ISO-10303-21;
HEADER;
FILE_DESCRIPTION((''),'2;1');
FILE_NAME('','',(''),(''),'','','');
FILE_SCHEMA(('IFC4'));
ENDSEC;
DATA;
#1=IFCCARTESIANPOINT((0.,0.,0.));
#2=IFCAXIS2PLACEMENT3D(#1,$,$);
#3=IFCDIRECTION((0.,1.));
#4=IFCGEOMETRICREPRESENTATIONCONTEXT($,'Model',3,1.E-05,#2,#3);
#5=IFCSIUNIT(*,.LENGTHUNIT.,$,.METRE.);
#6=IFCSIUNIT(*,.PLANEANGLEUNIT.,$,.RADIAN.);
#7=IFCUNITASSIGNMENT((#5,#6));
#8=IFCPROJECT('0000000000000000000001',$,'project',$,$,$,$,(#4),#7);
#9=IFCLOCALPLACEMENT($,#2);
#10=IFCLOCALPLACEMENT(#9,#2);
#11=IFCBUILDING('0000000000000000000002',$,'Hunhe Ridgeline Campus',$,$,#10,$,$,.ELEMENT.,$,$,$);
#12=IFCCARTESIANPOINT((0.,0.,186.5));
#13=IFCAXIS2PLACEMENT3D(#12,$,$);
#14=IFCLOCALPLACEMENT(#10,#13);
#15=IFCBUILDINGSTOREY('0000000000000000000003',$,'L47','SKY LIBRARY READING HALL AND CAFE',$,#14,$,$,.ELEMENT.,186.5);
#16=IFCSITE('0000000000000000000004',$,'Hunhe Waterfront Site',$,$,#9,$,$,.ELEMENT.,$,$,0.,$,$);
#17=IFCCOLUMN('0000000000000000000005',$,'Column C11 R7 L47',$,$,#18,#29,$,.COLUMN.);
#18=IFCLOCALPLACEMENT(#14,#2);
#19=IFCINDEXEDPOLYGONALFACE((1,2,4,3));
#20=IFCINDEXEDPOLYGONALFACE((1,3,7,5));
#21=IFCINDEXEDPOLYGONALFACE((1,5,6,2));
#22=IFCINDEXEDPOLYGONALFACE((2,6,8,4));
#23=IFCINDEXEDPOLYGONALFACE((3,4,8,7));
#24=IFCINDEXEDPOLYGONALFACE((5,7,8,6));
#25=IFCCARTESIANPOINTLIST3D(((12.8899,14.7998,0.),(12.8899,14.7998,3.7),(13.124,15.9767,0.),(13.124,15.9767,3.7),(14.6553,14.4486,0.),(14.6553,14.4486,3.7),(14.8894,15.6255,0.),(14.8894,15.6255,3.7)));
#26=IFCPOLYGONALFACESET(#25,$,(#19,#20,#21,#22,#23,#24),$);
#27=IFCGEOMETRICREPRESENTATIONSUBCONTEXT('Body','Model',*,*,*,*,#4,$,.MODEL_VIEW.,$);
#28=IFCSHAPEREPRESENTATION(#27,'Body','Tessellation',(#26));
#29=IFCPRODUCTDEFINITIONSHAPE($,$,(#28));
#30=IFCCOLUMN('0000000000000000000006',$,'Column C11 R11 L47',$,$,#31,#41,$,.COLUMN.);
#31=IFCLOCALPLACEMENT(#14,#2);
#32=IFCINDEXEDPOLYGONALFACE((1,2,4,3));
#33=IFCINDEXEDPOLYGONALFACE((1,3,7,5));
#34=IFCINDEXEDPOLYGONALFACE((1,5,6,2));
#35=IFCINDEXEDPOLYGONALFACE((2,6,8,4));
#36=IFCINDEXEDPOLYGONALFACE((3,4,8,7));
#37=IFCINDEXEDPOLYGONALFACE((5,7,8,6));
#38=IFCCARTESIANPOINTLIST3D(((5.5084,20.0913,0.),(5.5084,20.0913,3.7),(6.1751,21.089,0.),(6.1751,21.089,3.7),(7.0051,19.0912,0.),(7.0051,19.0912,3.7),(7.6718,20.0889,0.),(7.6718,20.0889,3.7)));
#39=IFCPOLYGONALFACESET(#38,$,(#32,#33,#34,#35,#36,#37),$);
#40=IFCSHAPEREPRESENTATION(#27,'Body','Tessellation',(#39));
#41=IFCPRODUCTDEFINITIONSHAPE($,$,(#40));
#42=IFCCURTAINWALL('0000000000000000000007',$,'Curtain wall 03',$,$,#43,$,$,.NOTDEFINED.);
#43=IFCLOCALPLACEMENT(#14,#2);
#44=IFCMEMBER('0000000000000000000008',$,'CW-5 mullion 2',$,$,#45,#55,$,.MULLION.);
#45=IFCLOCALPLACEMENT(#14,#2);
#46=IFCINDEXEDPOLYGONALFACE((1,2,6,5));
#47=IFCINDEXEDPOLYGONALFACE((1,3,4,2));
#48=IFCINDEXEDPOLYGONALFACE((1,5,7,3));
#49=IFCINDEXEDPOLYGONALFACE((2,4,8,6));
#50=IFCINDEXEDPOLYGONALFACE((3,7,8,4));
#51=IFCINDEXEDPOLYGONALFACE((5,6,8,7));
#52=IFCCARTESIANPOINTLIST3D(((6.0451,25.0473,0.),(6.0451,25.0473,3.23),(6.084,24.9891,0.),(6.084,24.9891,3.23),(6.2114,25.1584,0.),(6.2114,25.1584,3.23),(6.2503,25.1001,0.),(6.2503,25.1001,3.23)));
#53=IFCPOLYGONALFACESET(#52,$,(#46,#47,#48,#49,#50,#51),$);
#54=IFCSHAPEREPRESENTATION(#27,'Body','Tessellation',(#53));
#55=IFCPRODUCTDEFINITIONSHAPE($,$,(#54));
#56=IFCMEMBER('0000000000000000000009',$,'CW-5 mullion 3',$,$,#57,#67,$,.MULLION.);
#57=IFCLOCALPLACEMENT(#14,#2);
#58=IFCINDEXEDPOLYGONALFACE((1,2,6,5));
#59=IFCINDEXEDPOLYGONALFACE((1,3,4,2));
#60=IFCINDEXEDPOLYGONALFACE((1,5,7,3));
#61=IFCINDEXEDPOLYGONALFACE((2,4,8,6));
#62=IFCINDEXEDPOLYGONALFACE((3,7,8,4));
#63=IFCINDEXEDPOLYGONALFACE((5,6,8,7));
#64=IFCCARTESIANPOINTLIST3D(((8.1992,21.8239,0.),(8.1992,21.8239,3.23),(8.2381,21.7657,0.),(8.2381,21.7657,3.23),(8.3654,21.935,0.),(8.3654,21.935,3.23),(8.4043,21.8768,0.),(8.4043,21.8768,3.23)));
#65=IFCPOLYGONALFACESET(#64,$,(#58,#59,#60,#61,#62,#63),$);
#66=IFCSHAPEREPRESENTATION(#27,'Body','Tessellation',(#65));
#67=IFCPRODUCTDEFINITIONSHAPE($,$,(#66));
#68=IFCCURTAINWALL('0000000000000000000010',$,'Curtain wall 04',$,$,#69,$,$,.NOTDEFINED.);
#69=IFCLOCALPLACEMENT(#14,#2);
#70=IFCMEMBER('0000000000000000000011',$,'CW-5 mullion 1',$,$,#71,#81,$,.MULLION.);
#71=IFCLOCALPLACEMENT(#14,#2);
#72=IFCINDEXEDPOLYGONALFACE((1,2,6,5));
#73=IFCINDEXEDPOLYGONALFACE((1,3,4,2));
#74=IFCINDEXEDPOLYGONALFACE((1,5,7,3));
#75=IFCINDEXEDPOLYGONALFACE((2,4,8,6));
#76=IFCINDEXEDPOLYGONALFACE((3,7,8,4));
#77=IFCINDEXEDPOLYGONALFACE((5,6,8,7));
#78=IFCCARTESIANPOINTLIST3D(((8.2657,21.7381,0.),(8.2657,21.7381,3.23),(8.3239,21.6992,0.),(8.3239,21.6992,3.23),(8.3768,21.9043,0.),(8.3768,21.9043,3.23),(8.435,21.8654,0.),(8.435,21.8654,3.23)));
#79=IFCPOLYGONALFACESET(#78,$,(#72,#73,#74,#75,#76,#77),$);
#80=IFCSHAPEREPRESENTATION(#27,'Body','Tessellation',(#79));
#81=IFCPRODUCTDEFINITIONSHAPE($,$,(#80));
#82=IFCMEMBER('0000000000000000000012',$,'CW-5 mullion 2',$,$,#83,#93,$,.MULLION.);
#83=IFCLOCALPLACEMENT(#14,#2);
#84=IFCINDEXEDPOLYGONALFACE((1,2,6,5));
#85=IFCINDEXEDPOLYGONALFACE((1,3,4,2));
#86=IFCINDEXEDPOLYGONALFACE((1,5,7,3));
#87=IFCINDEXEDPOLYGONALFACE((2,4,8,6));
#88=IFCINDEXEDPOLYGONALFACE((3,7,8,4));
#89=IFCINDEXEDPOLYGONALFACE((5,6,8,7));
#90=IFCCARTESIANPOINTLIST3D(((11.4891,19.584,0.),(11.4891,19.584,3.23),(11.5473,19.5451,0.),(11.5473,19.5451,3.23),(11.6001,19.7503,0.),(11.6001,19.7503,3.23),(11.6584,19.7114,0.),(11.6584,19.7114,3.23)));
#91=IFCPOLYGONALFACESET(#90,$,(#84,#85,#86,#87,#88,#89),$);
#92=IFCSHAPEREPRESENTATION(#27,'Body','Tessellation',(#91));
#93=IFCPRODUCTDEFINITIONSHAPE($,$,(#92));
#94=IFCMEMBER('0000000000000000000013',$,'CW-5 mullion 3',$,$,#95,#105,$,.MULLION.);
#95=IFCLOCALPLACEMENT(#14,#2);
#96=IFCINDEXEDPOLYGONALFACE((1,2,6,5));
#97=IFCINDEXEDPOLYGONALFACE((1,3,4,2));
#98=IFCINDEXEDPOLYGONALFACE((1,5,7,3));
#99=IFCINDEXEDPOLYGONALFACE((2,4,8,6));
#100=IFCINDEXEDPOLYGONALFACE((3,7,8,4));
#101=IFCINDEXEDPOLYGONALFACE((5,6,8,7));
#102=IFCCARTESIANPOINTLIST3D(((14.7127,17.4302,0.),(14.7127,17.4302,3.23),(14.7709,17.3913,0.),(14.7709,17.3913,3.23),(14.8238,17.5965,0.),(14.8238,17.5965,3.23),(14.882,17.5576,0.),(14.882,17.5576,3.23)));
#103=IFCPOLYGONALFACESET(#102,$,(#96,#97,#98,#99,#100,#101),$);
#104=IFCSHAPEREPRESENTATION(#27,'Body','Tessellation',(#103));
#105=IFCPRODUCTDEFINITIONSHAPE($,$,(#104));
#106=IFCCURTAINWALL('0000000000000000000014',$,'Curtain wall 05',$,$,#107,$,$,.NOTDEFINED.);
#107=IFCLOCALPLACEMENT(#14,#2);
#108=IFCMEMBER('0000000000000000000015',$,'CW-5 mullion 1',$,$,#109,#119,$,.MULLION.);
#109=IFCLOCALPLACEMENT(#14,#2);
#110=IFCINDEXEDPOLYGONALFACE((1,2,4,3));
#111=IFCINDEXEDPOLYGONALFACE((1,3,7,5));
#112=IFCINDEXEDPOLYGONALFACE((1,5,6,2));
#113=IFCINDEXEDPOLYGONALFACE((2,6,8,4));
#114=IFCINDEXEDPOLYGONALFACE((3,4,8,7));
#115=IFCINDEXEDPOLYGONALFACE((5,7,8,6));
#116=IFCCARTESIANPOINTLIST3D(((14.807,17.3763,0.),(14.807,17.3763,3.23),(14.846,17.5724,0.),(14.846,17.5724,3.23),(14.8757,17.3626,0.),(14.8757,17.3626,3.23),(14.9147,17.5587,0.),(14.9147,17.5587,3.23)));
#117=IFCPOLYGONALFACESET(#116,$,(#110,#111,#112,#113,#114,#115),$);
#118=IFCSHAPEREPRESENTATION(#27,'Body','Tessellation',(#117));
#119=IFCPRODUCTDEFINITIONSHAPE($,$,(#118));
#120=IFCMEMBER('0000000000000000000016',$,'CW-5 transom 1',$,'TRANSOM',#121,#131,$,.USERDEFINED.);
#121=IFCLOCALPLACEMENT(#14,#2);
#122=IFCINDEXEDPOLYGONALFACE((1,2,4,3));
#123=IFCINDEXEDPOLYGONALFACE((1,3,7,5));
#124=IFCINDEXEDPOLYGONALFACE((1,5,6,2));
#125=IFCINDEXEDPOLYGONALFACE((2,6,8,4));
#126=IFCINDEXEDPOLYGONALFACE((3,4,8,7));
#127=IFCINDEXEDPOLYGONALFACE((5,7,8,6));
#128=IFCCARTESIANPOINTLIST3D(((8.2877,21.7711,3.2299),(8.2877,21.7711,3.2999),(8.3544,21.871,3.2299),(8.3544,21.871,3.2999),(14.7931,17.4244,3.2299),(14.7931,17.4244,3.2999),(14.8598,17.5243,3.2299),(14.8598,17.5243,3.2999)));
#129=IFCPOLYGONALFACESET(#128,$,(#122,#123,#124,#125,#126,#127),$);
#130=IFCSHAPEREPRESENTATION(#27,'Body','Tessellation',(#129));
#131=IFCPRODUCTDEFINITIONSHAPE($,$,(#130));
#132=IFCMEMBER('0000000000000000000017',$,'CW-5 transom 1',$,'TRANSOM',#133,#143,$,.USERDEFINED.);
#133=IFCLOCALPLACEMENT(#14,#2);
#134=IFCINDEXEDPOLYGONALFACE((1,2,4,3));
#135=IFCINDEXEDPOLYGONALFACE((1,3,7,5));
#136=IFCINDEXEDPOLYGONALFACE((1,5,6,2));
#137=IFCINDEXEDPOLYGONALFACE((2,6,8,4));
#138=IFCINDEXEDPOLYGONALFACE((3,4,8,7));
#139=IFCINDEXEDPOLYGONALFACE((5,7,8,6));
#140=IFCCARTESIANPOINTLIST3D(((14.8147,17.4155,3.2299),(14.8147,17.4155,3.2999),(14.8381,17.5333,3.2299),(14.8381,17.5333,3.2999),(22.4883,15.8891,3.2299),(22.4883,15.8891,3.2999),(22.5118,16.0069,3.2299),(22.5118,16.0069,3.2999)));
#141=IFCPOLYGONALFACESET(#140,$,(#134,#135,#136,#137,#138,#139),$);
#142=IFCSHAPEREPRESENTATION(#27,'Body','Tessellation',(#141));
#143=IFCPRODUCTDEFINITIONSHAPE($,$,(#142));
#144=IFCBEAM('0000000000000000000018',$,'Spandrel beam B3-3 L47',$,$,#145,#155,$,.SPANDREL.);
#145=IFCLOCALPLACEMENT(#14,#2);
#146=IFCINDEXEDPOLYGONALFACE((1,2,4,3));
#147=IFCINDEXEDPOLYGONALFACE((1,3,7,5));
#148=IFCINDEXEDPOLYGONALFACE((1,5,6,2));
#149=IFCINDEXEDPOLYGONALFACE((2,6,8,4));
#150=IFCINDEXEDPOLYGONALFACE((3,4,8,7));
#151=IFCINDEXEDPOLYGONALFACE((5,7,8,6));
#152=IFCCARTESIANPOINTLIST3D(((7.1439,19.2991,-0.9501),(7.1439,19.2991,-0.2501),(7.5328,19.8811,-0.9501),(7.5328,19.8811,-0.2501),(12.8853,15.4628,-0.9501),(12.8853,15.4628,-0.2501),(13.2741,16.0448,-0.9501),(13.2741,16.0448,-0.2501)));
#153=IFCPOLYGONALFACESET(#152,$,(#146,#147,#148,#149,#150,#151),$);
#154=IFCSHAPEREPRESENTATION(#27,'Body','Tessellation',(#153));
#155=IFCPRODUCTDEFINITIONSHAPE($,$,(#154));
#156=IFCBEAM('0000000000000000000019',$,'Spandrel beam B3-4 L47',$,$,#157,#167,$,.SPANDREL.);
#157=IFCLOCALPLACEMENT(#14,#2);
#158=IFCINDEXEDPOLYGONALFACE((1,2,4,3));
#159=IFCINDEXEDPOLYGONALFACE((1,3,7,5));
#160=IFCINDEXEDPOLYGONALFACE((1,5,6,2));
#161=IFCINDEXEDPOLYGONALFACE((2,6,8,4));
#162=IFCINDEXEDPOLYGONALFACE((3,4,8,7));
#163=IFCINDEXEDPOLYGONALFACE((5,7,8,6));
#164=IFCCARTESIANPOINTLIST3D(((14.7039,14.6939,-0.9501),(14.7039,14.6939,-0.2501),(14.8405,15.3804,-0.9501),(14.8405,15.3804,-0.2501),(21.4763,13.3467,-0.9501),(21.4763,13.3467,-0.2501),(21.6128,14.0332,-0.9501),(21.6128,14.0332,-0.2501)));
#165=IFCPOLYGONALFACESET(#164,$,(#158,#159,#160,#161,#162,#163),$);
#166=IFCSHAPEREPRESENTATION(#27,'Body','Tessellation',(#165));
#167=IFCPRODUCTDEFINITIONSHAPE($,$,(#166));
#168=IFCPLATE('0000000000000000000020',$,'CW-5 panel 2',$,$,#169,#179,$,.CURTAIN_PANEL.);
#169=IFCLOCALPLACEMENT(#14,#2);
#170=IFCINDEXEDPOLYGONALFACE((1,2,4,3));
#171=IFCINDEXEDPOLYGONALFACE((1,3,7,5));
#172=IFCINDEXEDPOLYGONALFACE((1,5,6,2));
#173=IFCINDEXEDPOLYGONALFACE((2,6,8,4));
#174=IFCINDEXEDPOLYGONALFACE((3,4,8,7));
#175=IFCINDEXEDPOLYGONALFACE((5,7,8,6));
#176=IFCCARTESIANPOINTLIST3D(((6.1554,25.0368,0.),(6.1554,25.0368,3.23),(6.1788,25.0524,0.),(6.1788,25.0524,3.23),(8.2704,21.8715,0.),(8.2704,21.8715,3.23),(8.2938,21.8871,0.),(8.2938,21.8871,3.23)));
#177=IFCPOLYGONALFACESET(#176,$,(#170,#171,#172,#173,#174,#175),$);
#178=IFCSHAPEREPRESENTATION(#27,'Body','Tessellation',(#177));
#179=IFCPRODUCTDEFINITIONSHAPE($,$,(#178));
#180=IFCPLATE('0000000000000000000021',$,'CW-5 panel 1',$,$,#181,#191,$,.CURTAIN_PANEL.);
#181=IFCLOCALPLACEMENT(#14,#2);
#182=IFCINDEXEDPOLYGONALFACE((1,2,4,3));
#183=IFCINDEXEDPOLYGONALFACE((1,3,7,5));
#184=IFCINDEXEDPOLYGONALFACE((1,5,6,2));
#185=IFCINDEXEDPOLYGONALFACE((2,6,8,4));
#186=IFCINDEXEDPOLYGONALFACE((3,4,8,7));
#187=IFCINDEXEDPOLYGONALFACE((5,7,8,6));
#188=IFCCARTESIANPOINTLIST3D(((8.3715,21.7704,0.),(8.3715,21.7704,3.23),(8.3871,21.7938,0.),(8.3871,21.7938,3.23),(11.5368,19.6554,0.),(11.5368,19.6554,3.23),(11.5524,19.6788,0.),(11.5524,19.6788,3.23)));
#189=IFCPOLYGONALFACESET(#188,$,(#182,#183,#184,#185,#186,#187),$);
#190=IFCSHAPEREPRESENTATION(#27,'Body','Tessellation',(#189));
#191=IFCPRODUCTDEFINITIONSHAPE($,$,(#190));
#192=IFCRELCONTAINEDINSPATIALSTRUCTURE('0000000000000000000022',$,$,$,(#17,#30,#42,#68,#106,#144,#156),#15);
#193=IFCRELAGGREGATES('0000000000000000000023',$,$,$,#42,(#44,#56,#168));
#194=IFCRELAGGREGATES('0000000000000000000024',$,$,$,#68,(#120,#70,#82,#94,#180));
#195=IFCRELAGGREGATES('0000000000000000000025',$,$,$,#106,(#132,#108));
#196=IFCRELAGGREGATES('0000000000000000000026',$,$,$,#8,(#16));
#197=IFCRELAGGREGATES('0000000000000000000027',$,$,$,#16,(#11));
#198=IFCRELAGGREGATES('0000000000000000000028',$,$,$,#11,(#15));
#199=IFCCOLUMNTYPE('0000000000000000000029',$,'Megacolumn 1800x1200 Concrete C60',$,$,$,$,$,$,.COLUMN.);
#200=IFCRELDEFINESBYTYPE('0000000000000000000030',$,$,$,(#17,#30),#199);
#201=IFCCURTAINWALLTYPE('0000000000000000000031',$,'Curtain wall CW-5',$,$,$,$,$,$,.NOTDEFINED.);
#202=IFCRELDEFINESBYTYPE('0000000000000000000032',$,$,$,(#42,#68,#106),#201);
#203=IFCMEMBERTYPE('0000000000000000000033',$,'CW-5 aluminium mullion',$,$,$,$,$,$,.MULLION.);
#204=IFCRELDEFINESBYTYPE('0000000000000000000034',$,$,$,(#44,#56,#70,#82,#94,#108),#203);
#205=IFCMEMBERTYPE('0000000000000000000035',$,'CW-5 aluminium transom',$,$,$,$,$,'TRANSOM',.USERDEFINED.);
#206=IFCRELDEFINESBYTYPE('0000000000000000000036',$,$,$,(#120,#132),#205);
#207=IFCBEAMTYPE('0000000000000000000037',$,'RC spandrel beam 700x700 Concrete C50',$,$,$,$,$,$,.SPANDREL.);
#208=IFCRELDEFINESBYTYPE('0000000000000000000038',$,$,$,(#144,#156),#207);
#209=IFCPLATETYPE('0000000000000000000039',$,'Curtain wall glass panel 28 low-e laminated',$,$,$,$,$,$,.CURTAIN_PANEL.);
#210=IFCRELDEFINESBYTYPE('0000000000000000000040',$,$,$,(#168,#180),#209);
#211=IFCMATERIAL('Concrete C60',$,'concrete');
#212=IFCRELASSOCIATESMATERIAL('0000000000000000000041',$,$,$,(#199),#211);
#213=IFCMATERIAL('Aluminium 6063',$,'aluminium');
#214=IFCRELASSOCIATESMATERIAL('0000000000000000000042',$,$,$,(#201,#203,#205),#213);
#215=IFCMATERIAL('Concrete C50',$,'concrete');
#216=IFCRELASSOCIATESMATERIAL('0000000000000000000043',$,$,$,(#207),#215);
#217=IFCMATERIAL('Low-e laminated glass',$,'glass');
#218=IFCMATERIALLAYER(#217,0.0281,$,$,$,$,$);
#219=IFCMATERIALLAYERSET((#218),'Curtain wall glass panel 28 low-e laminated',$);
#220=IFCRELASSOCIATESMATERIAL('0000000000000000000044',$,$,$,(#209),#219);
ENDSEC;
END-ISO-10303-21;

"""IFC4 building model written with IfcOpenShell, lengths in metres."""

from ifc_helpers import new_model, si_unit, direction, frame, origin, origin_2d, place, context, subcontext, project, spatial, rectangle, extrude, material, layer, layer_set, material_profile, profile_set, type_object, element, aggregate, save


model = new_model("IFC4")

# Units and contexts
model_context = context("Model", 3, precision=1e-05, world=origin(), true_north=direction((0.0, 1.0)))
body_context = subcontext(model_context, "Body", "Model", "MODEL_VIEW")
ifc_project = project(units=[si_unit("LENGTHUNIT", "METRE"), si_unit("PLANEANGLEUNIT", "RADIAN")], contexts=[model_context])

# Site, building, storey
site_placement = place(None, origin())
site = spatial("IfcSite", under=ifc_project, at=site_placement, Name="Hunhe Waterfront Site", CompositionType="ELEMENT", RefElevation=0.0)
building_placement = place(site_placement, origin())
building = spatial("IfcBuilding", under=site, at=building_placement, Name="Hunhe Ridgeline Campus", CompositionType="ELEMENT")
storey_placement = place(building_placement, frame((0.0, 0.0, 186.5)))
storey = spatial("IfcBuildingStorey", under=building, at=storey_placement, Name="L47", Description="SKY LIBRARY READING HALL AND CAFE", CompositionType="ELEMENT", Elevation=186.5)

# Columns
ifc_material_1 = material(Name="Concrete C60", Category="concrete")
ifc_material_profile_1 = material_profile(ifc_material_1, rectangle(XDim=1.8, YDim=1.2, at=origin_2d()))
ifc_profile_set_1 = profile_set([ifc_material_profile_1], Name="Concrete C60")
column_type = type_object("IfcColumnType", Name="Megacolumn 1800x1200 Concrete C60", PredefinedType="COLUMN", material=ifc_profile_set_1)
for number, where, z_axis, x_axis, name in (
    (1, (13.8896, 15.2126, 0.0), (0.0, 0.0, 1.0), (-0.980785, 0.19509, 0.0), "Column C11 R7 L47"),
    (2, (6.5901, 20.0901, 0.0), (0.0, 0.0, 1.0), (-0.83147, 0.55557, 0.0), "Column C11 R11 L47"),
):
    element("IfcColumn", number, at=place(storey_placement, frame(where, z_axis=z_axis, x_axis=x_axis)), inside=storey, type_object=column_type, Name=name, PredefinedType="COLUMN", context=body_context, shape_type="SweptSolid", body=[
        extrude(rectangle(XDim=1.8, YDim=1.2, at=origin_2d()), origin(), (0.0, 0.0, 1.0), 3.7),
    ])

# Curtain walls, members
ifc_material_2 = material(Name="Aluminium 6063", Category="aluminium")
curtain_wall_type = type_object("IfcCurtainWallType", Name="Curtain wall CW-5", PredefinedType="NOTDEFINED", material=ifc_material_2)
curtain_wall_1_placement = place(storey_placement, origin())
curtain_wall_1 = element("IfcCurtainWall", 3, at=curtain_wall_1_placement, inside=storey, type_object=curtain_wall_type, Name="Curtain wall 03", PredefinedType="NOTDEFINED")
ifc_material_profile_2 = material_profile(ifc_material_2, rectangle(XDim=0.2, YDim=0.0701, at=origin_2d()))
ifc_profile_set_2 = profile_set([ifc_material_profile_2], Name="Aluminium 6063")
member_type_1 = type_object("IfcMemberType", Name="CW-5 aluminium mullion", PredefinedType="MULLION", material=ifc_profile_set_2)
member_1_placement = place(storey_placement, frame((6.1477, 25.0737, 0.0), z_axis=(0.0, 0.0, 1.0), x_axis=(0.83147, 0.55557, 0.0)))
member_1 = element("IfcMember", 4, at=member_1_placement, type_object=member_type_1, Name="CW-5 mullion 2", PredefinedType="MULLION", context=body_context, shape_type="SweptSolid", body=[
    extrude(rectangle(XDim=0.2, YDim=0.0701, at=origin_2d()), origin(), (0.0, 0.0, 1.0), 3.23),
])
member_2_placement = place(storey_placement, frame((8.3018, 21.8503, 0.0), z_axis=(0.0, 0.0, 1.0), x_axis=(0.83147, 0.55557, 0.0)))
member_2 = element("IfcMember", 5, at=member_2_placement, type_object=member_type_1, Name="CW-5 mullion 3", PredefinedType="MULLION", context=body_context, shape_type="SweptSolid", body=[
    extrude(rectangle(XDim=0.2, YDim=0.0701, at=origin_2d()), origin(), (0.0, 0.0, 1.0), 3.23),
])
curtain_wall_2_placement = place(storey_placement, origin())
curtain_wall_2 = element("IfcCurtainWall", 6, at=curtain_wall_2_placement, inside=storey, type_object=curtain_wall_type, Name="Curtain wall 04", PredefinedType="NOTDEFINED")
member_3_placement = place(storey_placement, frame((8.3503, 21.8018, 0.0), z_axis=(0.0, 0.0, 1.0), x_axis=(0.55557, 0.83147, 0.0)))
member_3 = element("IfcMember", 7, at=member_3_placement, type_object=member_type_1, Name="CW-5 mullion 1", PredefinedType="MULLION", context=body_context, shape_type="SweptSolid", body=[
    extrude(rectangle(XDim=0.2, YDim=0.0701, at=origin_2d()), origin(), (0.0, 0.0, 1.0), 3.23),
])
member_4_placement = place(storey_placement, frame((11.5737, 19.6477, 0.0), z_axis=(0.0, 0.0, 1.0), x_axis=(0.55557, 0.83147, 0.0)))
member_4 = element("IfcMember", 8, at=member_4_placement, type_object=member_type_1, Name="CW-5 mullion 2", PredefinedType="MULLION", context=body_context, shape_type="SweptSolid", body=[
    extrude(rectangle(XDim=0.2, YDim=0.0701, at=origin_2d()), origin(), (0.0, 0.0, 1.0), 3.23),
])
member_5_placement = place(storey_placement, frame((14.7974, 17.4939, 0.0), z_axis=(0.0, 0.0, 1.0), x_axis=(0.55557, 0.83147, 0.0)))
member_5 = element("IfcMember", 9, at=member_5_placement, type_object=member_type_1, Name="CW-5 mullion 3", PredefinedType="MULLION", context=body_context, shape_type="SweptSolid", body=[
    extrude(rectangle(XDim=0.2, YDim=0.0701, at=origin_2d()), origin(), (0.0, 0.0, 1.0), 3.23),
])

# Curtain wall, member
curtain_wall_3_placement = place(storey_placement, origin())
curtain_wall_3 = element("IfcCurtainWall", 10, at=curtain_wall_3_placement, inside=storey, type_object=curtain_wall_type, Name="Curtain wall 05", PredefinedType="NOTDEFINED")
member_6_placement = place(storey_placement, frame((14.8608, 17.4675, 0.0), z_axis=(0.0, 0.0, 1.0), x_axis=(0.19509, 0.980785, 0.0)))
member_6 = element("IfcMember", 11, at=member_6_placement, type_object=member_type_1, Name="CW-5 mullion 1", PredefinedType="MULLION", context=body_context, shape_type="SweptSolid", body=[
    extrude(rectangle(XDim=0.2, YDim=0.0701, at=origin_2d()), origin(), (0.0, 0.0, 1.0), 3.23),
])

# Members
ifc_material_profile_3 = material_profile(ifc_material_2, rectangle(XDim=0.1201, YDim=0.0701, at=origin_2d()))
ifc_profile_set_3 = profile_set([ifc_material_profile_3], Name="Aluminium 6063")
member_type_2 = type_object("IfcMemberType", Name="CW-5 aluminium transom", ElementType="TRANSOM", PredefinedType="USERDEFINED", material=ifc_profile_set_3)
member_7_placement = place(storey_placement, frame((8.321, 21.821, 3.2649), z_axis=(0.831474, -0.555564, 0.0), x_axis=(0.555564, 0.831474, 0.0)))
member_7 = element("IfcMember", 12, at=member_7_placement, type_object=member_type_2, Name="CW-5 transom 1", ObjectType="TRANSOM", PredefinedType="USERDEFINED", context=body_context, shape_type="SweptSolid", body=[
    extrude(rectangle(XDim=0.1201, YDim=0.0701, at=origin_2d()), origin(), (0.0, 0.0, 1.0), 7.824),
])
member_8_placement = place(storey_placement, frame((14.8264, 17.4744, 3.2649), z_axis=(0.980785, -0.19509, 0.0), x_axis=(0.19509, 0.980785, 0.0)))
member_8 = element("IfcMember", 13, at=member_8_placement, type_object=member_type_2, Name="CW-5 transom 1", ObjectType="TRANSOM", PredefinedType="USERDEFINED", context=body_context, shape_type="SweptSolid", body=[
    extrude(rectangle(XDim=0.1201, YDim=0.0701, at=origin_2d()), origin(), (0.0, 0.0, 1.0), 7.824),
])

# Beams
ifc_material_3 = material(Name="Concrete C50", Category="concrete")
ifc_material_profile_4 = material_profile(ifc_material_3, rectangle(XDim=0.7, YDim=0.7, at=origin_2d()))
ifc_profile_set_4 = profile_set([ifc_material_profile_4], Name="Concrete C50")
beam_type = type_object("IfcBeamType", Name="RC spandrel beam 700x700 Concrete C50", PredefinedType="SPANDREL", material=ifc_profile_set_4)
for number, where, z_axis, x_axis, name in (
    (14, (7.3384, 19.5901, -0.6001), (0.831468, -0.555573, 0.0), (0.555573, 0.831468, 0.0), "Spandrel beam B3-3 L47"),
    (15, (14.7722, 15.0371, -0.6001), (0.980784, -0.195096, 0.0), (0.195096, 0.980784, 0.0), "Spandrel beam B3-4 L47"),
):
    element("IfcBeam", number, at=place(storey_placement, frame(where, z_axis=z_axis, x_axis=x_axis)), inside=storey, type_object=beam_type, Name=name, PredefinedType="SPANDREL", context=body_context, shape_type="SweptSolid", body=[
        extrude(rectangle(XDim=0.7, YDim=0.7, at=origin_2d()), origin(), (0.0, 0.0, 1.0), 6.905),
    ])

# Plates
ifc_material_4 = material(Name="Low-e laminated glass", Category="glass")
ifc_layer_1 = layer(ifc_material_4, 0.0281)
ifc_layer_set_1 = layer_set([ifc_layer_1], Name="Curtain wall glass panel 28 low-e laminated")
plate_type = type_object("IfcPlateType", Name="Curtain wall glass panel 28 low-e laminated", PredefinedType="CURTAIN_PANEL", material=ifc_layer_set_1)
plate_1_placement = place(storey_placement, frame((7.2246, 23.4619, 0.0), z_axis=(0.0, 0.0, 1.0), x_axis=(0.55557, -0.83147, 0.0)))
plate_1 = element("IfcPlate", 16, at=plate_1_placement, type_object=plate_type, Name="CW-5 panel 2", PredefinedType="CURTAIN_PANEL", context=body_context, shape_type="SweptSolid", body=[
    extrude(rectangle(XDim=3.8069, YDim=0.0281, at=origin_2d()), origin(), (0.0, 0.0, 1.0), 3.23),
])
aggregate(curtain_wall_1, [member_1, member_2, plate_1])
plate_2_placement = place(storey_placement, frame((9.9619, 20.7246, 0.0), z_axis=(0.0, 0.0, 1.0), x_axis=(0.83147, -0.55557, 0.0)))
plate_2 = element("IfcPlate", 17, at=plate_2_placement, type_object=plate_type, Name="CW-5 panel 1", PredefinedType="CURTAIN_PANEL", context=body_context, shape_type="SweptSolid", body=[
    extrude(rectangle(XDim=3.8069, YDim=0.0281, at=origin_2d()), origin(), (0.0, 0.0, 1.0), 3.23),
])
aggregate(curtain_wall_2, [member_7, member_3, member_4, member_5, plate_2])
aggregate(curtain_wall_3, [member_8, member_6])

save(model, "model.ifc")
